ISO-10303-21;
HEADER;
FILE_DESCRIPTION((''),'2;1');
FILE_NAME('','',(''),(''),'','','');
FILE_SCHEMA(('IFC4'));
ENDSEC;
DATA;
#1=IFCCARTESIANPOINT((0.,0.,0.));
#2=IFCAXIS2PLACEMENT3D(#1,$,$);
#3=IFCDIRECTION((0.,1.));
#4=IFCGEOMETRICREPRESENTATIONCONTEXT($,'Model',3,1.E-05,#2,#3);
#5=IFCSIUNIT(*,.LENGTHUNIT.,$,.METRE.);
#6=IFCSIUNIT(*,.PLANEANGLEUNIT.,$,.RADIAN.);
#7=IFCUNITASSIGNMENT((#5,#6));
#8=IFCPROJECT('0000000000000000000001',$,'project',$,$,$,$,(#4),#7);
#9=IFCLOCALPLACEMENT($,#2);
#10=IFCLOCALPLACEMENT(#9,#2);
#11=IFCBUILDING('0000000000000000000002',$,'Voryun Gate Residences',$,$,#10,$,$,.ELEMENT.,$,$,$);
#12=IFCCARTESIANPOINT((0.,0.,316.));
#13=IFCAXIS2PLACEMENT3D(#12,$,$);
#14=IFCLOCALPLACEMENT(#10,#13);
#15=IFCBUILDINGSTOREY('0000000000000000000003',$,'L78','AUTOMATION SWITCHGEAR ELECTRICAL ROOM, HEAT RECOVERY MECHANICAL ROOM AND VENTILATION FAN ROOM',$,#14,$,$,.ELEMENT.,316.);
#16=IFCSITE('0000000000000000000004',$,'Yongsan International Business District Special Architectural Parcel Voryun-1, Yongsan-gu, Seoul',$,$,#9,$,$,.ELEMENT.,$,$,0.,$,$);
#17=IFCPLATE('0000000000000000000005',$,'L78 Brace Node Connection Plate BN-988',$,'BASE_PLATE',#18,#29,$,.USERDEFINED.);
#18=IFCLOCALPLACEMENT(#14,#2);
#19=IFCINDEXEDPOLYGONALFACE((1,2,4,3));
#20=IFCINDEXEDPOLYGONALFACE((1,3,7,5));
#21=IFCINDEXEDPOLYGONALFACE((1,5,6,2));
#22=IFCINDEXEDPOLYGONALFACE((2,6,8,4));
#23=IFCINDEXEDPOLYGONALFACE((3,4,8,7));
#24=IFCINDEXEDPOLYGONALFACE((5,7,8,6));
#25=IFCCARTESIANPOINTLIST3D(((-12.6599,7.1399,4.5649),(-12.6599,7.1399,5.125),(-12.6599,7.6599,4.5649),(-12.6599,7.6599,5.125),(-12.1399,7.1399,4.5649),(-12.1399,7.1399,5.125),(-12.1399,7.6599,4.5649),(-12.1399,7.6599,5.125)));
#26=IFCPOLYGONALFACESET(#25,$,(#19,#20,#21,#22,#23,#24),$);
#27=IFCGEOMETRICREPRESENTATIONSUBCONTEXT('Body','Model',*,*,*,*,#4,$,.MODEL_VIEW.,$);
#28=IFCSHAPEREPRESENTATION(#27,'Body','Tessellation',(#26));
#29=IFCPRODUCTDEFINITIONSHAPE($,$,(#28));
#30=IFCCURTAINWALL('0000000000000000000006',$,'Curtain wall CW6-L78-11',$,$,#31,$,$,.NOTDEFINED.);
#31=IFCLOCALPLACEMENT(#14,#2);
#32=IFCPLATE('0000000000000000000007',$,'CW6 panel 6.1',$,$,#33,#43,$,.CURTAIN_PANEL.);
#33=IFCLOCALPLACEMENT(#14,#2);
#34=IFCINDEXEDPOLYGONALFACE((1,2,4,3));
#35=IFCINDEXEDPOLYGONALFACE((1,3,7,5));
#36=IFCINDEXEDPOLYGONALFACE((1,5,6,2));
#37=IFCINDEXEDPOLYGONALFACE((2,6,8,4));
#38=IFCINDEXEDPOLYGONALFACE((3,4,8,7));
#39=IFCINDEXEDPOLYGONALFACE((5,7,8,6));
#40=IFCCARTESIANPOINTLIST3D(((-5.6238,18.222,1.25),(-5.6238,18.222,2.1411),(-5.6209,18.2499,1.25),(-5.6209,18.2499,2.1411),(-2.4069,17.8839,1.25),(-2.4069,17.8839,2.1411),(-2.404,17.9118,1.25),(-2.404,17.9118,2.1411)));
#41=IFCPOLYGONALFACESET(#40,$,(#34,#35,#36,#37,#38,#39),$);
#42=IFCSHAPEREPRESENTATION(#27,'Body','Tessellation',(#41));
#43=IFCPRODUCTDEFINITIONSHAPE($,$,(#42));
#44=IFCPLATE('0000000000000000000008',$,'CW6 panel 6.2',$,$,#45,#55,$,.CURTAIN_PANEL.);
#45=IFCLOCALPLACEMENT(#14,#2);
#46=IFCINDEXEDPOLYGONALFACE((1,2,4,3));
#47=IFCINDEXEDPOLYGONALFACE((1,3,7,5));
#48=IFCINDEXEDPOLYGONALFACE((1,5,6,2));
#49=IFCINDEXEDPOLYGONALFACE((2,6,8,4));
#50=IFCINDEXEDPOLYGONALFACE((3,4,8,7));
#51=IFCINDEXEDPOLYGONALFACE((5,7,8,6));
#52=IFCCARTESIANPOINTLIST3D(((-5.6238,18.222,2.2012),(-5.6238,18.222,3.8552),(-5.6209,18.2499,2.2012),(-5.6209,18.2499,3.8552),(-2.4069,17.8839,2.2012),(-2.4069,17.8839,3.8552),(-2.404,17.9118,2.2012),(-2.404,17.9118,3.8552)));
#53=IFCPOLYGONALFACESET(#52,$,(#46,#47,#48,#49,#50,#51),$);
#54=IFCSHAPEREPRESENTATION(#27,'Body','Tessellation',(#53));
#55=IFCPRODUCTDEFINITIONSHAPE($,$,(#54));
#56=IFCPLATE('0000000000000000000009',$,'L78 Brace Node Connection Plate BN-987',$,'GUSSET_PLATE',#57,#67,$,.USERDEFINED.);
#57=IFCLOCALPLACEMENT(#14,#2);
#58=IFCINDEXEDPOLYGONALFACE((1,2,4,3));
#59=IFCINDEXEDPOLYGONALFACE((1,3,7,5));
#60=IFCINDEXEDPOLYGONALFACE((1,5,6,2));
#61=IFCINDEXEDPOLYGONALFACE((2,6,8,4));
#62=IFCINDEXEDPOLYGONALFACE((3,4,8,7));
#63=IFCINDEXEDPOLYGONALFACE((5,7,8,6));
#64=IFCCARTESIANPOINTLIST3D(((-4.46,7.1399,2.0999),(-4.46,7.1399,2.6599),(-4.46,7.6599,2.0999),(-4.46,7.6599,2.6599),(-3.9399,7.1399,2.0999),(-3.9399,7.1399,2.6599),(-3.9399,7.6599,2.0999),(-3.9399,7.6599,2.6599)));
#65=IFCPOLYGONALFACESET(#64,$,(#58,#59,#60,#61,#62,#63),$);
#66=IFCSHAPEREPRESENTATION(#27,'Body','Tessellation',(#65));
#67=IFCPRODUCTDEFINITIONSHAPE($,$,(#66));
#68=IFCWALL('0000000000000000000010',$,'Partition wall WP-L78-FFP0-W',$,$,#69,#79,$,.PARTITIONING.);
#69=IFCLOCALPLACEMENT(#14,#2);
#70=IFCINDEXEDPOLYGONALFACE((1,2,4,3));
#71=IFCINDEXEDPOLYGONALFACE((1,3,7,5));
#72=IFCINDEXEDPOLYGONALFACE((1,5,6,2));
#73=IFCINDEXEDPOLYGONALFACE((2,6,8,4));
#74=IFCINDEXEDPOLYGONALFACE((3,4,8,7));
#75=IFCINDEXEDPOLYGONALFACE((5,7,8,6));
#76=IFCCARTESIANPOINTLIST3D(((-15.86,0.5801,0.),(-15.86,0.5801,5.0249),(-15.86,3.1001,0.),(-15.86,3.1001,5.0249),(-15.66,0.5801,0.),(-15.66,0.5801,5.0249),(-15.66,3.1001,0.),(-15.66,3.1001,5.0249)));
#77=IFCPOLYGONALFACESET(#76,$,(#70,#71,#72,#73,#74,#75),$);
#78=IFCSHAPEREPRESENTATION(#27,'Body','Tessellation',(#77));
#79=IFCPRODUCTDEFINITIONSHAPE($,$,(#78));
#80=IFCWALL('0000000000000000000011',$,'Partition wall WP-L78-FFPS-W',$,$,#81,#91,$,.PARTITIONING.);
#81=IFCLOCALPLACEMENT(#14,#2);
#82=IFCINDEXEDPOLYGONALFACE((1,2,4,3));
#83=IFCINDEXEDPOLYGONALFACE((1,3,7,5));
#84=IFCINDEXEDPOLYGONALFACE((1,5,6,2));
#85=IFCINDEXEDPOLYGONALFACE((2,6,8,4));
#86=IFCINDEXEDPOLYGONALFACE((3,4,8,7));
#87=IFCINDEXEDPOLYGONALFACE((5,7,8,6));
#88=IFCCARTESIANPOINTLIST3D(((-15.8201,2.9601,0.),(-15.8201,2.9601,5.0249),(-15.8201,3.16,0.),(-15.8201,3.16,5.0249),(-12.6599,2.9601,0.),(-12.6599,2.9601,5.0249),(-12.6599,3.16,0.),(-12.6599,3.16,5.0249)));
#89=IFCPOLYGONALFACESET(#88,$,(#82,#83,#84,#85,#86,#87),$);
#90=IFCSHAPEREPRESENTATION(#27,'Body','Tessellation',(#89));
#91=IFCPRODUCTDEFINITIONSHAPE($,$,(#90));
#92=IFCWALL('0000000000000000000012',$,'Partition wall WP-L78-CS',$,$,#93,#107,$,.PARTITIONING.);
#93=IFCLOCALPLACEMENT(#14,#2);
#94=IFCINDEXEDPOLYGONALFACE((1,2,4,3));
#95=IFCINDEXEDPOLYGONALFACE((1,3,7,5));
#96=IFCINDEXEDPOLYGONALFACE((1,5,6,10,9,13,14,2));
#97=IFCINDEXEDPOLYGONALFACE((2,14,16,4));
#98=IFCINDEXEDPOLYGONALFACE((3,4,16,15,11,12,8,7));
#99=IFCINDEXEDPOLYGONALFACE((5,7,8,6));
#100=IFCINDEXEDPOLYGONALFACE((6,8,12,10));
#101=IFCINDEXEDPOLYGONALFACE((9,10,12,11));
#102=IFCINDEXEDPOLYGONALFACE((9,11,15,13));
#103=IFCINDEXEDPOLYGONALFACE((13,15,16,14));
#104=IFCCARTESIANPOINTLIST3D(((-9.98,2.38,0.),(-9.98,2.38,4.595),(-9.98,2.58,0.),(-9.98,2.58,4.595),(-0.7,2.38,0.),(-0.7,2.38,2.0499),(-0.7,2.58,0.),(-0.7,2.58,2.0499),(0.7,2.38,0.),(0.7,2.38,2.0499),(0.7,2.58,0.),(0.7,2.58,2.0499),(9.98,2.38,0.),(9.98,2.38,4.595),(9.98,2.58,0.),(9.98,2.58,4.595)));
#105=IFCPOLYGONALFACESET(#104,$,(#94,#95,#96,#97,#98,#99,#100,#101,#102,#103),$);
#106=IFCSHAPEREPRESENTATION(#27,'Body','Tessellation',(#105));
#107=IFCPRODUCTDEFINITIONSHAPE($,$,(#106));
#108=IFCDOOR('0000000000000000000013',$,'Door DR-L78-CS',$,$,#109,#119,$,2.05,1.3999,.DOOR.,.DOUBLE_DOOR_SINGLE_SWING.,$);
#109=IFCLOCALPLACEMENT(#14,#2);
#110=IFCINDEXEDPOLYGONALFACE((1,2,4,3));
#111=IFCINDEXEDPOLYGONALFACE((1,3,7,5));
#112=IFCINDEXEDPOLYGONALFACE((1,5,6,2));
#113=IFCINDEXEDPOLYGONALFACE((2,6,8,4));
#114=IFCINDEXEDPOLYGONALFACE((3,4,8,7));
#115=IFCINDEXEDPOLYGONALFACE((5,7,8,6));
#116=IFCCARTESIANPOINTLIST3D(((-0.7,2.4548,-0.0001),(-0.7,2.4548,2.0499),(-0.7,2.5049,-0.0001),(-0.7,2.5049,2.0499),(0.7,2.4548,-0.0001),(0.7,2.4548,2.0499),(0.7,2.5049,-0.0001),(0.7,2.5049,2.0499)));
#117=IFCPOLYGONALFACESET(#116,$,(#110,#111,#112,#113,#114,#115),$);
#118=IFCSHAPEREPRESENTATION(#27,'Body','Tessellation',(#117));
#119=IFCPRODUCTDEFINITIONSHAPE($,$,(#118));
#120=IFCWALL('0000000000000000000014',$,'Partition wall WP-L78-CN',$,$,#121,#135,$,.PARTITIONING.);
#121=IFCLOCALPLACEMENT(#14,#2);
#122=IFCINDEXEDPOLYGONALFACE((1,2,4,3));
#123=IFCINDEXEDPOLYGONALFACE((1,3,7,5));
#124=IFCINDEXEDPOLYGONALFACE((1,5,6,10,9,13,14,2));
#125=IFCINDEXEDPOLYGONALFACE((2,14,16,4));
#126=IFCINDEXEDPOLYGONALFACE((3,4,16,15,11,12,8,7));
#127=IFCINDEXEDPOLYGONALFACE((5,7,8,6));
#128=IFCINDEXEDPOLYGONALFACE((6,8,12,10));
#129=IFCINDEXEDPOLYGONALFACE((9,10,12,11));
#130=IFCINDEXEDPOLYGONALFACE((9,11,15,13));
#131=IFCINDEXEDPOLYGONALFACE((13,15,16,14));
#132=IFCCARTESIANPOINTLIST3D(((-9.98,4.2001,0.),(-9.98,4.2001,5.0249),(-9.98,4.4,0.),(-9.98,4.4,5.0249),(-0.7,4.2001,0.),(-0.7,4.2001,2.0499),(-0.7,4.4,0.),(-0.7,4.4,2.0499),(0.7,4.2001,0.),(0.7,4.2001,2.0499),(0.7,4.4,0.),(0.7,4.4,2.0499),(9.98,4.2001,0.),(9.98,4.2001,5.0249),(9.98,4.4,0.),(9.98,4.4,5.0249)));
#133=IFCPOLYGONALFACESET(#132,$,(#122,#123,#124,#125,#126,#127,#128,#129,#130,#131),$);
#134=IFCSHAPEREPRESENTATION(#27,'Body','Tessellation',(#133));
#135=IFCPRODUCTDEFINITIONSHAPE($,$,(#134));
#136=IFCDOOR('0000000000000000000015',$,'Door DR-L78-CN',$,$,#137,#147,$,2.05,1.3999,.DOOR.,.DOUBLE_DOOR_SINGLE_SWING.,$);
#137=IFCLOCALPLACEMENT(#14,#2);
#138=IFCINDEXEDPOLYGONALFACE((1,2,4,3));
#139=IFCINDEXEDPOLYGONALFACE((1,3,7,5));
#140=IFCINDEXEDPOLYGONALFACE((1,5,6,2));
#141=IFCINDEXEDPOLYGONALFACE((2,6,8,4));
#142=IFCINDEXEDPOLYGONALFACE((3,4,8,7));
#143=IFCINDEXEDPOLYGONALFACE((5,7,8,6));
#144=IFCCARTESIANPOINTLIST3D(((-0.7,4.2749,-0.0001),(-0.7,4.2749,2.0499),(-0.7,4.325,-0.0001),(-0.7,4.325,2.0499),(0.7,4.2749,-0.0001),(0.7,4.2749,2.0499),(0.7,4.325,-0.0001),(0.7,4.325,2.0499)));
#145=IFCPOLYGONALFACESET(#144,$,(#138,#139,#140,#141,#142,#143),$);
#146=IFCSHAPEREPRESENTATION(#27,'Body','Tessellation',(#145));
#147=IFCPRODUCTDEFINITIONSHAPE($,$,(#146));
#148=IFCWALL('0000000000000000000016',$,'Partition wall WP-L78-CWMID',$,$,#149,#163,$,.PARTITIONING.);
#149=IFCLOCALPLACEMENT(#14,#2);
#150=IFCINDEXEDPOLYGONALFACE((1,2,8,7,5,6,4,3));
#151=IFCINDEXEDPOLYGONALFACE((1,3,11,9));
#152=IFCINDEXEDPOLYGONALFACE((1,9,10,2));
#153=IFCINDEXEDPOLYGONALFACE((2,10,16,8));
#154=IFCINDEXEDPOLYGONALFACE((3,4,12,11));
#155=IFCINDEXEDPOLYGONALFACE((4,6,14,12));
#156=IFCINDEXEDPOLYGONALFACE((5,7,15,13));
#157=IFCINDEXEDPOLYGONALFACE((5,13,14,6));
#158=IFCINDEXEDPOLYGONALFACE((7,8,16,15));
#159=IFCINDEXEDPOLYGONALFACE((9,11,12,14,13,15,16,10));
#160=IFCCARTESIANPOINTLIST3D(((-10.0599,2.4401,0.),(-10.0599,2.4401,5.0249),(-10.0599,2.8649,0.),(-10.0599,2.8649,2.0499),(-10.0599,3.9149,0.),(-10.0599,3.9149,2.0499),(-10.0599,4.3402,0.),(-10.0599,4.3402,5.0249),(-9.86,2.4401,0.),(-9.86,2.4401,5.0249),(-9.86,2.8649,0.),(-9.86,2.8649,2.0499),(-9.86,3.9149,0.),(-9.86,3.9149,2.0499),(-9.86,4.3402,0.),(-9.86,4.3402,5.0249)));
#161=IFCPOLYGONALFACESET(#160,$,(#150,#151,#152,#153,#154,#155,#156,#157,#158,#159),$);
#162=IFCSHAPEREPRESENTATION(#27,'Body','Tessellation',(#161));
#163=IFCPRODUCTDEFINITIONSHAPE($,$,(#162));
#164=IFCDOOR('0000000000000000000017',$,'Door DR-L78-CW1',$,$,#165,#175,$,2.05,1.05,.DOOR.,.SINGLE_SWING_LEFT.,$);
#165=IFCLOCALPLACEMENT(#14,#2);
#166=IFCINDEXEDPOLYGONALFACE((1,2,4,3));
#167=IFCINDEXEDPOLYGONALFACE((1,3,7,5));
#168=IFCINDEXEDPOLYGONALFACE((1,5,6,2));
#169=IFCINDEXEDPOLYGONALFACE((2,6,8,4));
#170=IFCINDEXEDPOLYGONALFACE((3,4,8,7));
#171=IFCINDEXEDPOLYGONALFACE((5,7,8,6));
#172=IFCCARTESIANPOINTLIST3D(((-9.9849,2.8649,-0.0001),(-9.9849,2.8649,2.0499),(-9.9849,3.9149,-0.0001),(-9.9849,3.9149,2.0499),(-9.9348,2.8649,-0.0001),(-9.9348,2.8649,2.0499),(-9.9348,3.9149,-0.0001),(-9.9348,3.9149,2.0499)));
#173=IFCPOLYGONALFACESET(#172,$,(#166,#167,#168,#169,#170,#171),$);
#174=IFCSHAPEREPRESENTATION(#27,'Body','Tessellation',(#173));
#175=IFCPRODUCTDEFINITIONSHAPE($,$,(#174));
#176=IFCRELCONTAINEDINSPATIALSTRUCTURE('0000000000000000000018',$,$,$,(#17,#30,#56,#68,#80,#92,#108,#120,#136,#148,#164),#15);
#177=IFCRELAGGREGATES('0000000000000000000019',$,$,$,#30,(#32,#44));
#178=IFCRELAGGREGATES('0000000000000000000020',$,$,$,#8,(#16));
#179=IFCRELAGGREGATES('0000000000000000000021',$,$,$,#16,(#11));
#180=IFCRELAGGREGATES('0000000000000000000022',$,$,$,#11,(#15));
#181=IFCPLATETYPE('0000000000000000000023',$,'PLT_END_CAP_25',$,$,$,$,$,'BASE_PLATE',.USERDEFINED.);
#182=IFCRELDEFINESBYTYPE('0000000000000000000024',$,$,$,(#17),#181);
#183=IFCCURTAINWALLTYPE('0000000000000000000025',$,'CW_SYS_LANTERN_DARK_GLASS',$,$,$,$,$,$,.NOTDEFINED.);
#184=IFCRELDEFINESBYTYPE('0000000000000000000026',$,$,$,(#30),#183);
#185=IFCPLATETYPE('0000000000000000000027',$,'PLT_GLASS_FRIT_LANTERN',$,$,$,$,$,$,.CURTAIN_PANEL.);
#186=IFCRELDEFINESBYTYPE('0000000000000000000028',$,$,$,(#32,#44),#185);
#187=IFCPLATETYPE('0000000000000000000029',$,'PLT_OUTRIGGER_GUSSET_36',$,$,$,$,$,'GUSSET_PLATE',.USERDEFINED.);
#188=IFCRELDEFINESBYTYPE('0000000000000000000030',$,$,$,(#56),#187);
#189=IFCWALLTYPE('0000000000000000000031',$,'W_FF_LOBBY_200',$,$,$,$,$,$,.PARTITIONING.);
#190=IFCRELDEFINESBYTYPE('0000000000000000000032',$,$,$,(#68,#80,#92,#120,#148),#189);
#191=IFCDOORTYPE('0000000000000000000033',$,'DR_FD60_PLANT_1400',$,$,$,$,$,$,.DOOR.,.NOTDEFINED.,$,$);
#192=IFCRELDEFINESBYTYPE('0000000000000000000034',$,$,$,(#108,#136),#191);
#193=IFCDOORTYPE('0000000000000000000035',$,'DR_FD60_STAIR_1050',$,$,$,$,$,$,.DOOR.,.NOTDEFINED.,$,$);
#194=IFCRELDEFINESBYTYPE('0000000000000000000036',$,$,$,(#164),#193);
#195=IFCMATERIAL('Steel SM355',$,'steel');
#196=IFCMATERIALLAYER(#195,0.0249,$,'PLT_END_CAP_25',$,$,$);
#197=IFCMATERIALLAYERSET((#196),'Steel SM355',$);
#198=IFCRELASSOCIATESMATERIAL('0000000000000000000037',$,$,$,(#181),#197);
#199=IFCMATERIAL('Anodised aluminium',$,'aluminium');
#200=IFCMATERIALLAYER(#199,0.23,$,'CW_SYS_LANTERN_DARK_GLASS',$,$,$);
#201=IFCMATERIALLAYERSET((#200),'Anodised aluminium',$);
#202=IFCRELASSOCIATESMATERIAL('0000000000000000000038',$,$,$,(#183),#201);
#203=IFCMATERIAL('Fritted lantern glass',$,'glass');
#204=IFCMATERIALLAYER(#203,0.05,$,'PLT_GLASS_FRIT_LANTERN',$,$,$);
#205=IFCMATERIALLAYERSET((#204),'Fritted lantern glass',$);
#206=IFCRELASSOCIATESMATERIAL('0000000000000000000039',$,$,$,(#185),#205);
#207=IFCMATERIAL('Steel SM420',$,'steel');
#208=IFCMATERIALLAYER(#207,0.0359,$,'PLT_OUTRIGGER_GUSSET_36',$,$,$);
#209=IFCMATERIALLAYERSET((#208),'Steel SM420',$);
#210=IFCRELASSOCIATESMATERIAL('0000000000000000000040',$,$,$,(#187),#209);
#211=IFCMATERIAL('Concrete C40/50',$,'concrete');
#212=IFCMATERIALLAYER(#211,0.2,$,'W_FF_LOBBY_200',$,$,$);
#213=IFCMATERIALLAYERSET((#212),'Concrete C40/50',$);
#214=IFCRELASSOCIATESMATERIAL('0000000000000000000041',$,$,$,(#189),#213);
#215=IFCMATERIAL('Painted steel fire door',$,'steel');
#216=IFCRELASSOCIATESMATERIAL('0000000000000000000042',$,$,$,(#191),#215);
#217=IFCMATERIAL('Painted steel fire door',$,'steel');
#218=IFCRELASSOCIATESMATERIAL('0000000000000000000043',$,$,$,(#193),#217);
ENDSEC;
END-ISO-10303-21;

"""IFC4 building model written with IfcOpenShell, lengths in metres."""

from ifc_helpers import new_model, si_unit, direction, frame, frame_2d, origin, origin_2d, place, context, subcontext, project, spatial, rectangle, extrude, material, layer, layer_set, type_object, element, fill, aggregate, save


model = new_model("IFC4")

# Units and contexts
model_context = context("Model", 3, precision=1e-05, world=origin(), true_north=direction((0.0, 1.0)))
body_context = subcontext(model_context, "Body", "Model", "MODEL_VIEW")
ifc_project = project(units=[si_unit("LENGTHUNIT", "METRE"), si_unit("PLANEANGLEUNIT", "RADIAN")], contexts=[model_context])

# Site, building, storey
site_placement = place(None, origin())
site = spatial("IfcSite", under=ifc_project, at=site_placement, Name="Yongsan International Business District Special Architectural Parcel Voryun-1, Yongsan-gu, Seoul", CompositionType="ELEMENT", RefElevation=0.0)
building_placement = place(site_placement, origin())
building = spatial("IfcBuilding", under=site, at=building_placement, Name="Voryun Gate Residences", CompositionType="ELEMENT")
storey_placement = place(building_placement, frame((0.0, 0.0, 316.0)))
storey = spatial("IfcBuildingStorey", under=building, at=storey_placement, Name="L78", Description="AUTOMATION SWITCHGEAR ELECTRICAL ROOM, HEAT RECOVERY MECHANICAL ROOM AND VENTILATION FAN ROOM", CompositionType="ELEMENT", Elevation=316.0)

# Plate
ifc_material_1 = material(Name="Steel SM355", Category="steel")
ifc_layer_1 = layer(ifc_material_1, 0.0249, Name="PLT_END_CAP_25")
ifc_layer_set_1 = layer_set([ifc_layer_1], Name="Steel SM355")
plate_type_1 = type_object("IfcPlateType", Name="PLT_END_CAP_25", ElementType="BASE_PLATE", PredefinedType="USERDEFINED", material=ifc_layer_set_1)
plate_1_placement = place(storey_placement, frame((-12.3999, 7.3999, 4.5649), z_axis=(0.0, 0.0, 1.0), x_axis=(1.0, 0.0, 0.0)))
element("IfcPlate", 1, at=plate_1_placement, inside=storey, type_object=plate_type_1, Name="L78 Brace Node Connection Plate BN-988", ObjectType="BASE_PLATE", PredefinedType="USERDEFINED", context=body_context, shape_type="SweptSolid", body=[
    extrude(rectangle(XDim=0.52, YDim=0.52, at=origin_2d()), origin(), (0.0, 0.0, 1.0), 0.5601),
])

# Curtain wall, plates
ifc_material_2 = material(Name="Anodised aluminium", Category="aluminium")
ifc_layer_2 = layer(ifc_material_2, 0.23, Name="CW_SYS_LANTERN_DARK_GLASS")
ifc_layer_set_2 = layer_set([ifc_layer_2], Name="Anodised aluminium")
curtain_wall_type = type_object("IfcCurtainWallType", Name="CW_SYS_LANTERN_DARK_GLASS", PredefinedType="NOTDEFINED", material=ifc_layer_set_2)
curtain_wall_placement = place(storey_placement, origin())
curtain_wall = element("IfcCurtainWall", 2, at=curtain_wall_placement, inside=storey, type_object=curtain_wall_type, Name="Curtain wall CW6-L78-11", PredefinedType="NOTDEFINED")
ifc_material_3 = material(Name="Fritted lantern glass", Category="glass")
ifc_layer_3 = layer(ifc_material_3, 0.05, Name="PLT_GLASS_FRIT_LANTERN")
ifc_layer_set_3 = layer_set([ifc_layer_3], Name="Fritted lantern glass")
plate_type_2 = type_object("IfcPlateType", Name="PLT_GLASS_FRIT_LANTERN", PredefinedType="CURTAIN_PANEL", material=ifc_layer_set_3)
plate_2_placement = place(storey_placement, frame((-4.0139, 18.0669, 1.25), z_axis=(0.0, 0.0, 1.0), x_axis=(0.994522, -0.104528, 0.0)))
plate_2 = element("IfcPlate", 3, at=plate_2_placement, type_object=plate_type_2, Name="CW6 panel 6.1", PredefinedType="CURTAIN_PANEL", context=body_context, shape_type="SweptSolid", body=[
    extrude(rectangle(XDim=3.2346, YDim=0.0281, at=origin_2d()), origin(), (0.0, 0.0, 1.0), 0.8911),
])
plate_3_placement = place(storey_placement, frame((-4.0139, 18.0669, 2.2012), z_axis=(0.0, 0.0, 1.0), x_axis=(0.994522, -0.104528, 0.0)))
plate_3 = element("IfcPlate", 4, at=plate_3_placement, type_object=plate_type_2, Name="CW6 panel 6.2", PredefinedType="CURTAIN_PANEL", context=body_context, shape_type="SweptSolid", body=[
    extrude(rectangle(XDim=3.2346, YDim=0.0281, at=origin_2d()), origin(), (0.0, 0.0, 1.0), 1.6541),
])
aggregate(curtain_wall, [plate_2, plate_3])

# Plate
ifc_material_4 = material(Name="Steel SM420", Category="steel")
ifc_layer_4 = layer(ifc_material_4, 0.0359, Name="PLT_OUTRIGGER_GUSSET_36")
ifc_layer_set_4 = layer_set([ifc_layer_4], Name="Steel SM420")
plate_type_3 = type_object("IfcPlateType", Name="PLT_OUTRIGGER_GUSSET_36", ElementType="GUSSET_PLATE", PredefinedType="USERDEFINED", material=ifc_layer_set_4)
plate_4_placement = place(storey_placement, frame((-4.2, 7.3999, 2.0999), z_axis=(0.0, 0.0, 1.0), x_axis=(1.0, 0.0, 0.0)))
element("IfcPlate", 5, at=plate_4_placement, inside=storey, type_object=plate_type_3, Name="L78 Brace Node Connection Plate BN-987", ObjectType="GUSSET_PLATE", PredefinedType="USERDEFINED", context=body_context, shape_type="SweptSolid", body=[
    extrude(rectangle(XDim=0.52, YDim=0.52, at=origin_2d()), origin(), (0.0, 0.0, 1.0), 0.5601),
])

# Walls
ifc_material_5 = material(Name="Concrete C40/50", Category="concrete")
ifc_layer_5 = layer(ifc_material_5, 0.2, Name="W_FF_LOBBY_200")
ifc_layer_set_5 = layer_set([ifc_layer_5], Name="Concrete C40/50")
wall_type_1 = type_object("IfcWallType", Name="W_FF_LOBBY_200", PredefinedType="PARTITIONING", material=ifc_layer_set_5)
wall_1_placement = place(storey_placement, frame((-15.76, 0.5801, 0.0), z_axis=(0.0, 0.0, 1.0), x_axis=(0.0, 1.0, 0.0)))
element("IfcWall", 6, at=wall_1_placement, inside=storey, type_object=wall_type_1, Name="Partition wall WP-L78-FFP0-W", PredefinedType="PARTITIONING", context=body_context, shape_type="SweptSolid", body=[
    extrude(rectangle(XDim=2.52, YDim=0.2, at=frame_2d((1.26, 0.0))), origin(), (0.0, 0.0, 1.0), 5.0249),
])
wall_2_placement = place(storey_placement, frame((-15.8201, 3.0601, 0.0), z_axis=(0.0, 0.0, 1.0), x_axis=(1.0, 0.0, 0.0)))
element("IfcWall", 7, at=wall_2_placement, inside=storey, type_object=wall_type_1, Name="Partition wall WP-L78-FFPS-W", PredefinedType="PARTITIONING", context=body_context, shape_type="SweptSolid", body=[
    extrude(rectangle(XDim=3.1602, YDim=0.2, at=frame_2d((1.5801, 0.0))), origin(), (0.0, 0.0, 1.0), 5.0249),
])

# Walls, openings, doors
wall_3_placement = place(storey_placement, frame((-9.98, 2.48, 0.0), z_axis=(0.0, 0.0, 1.0), x_axis=(1.0, 0.0, 0.0)))
wall_3 = element("IfcWall", 8, at=wall_3_placement, inside=storey, type_object=wall_type_1, Name="Partition wall WP-L78-CS", PredefinedType="PARTITIONING", context=body_context, shape_type="SweptSolid", body=[
    extrude(rectangle(XDim=19.96, YDim=0.2, at=frame_2d((9.98, 0.0))), origin(), (0.0, 0.0, 1.0), 4.595),
])
opening_1_placement = place(wall_3_placement, frame((9.28, 0.0, 0.0)))
opening_1 = element("IfcOpeningElement", 9, at=opening_1_placement, cuts=wall_3, PredefinedType="OPENING", context=body_context, shape_type="SweptSolid", body=[
    extrude(rectangle(XDim=1.3999, YDim=2.05, at=frame_2d((0.7, 1.0249))), frame((0.0, 0.1101, 0.0), z_axis=(0.0, -1.0, 0.0), x_axis=(1.0, 0.0, 0.0)), (0.0, 0.0, 1.0), 0.22),
])
ifc_material_6 = material(Name="Painted steel fire door", Category="steel")
door_type_1 = type_object("IfcDoorType", Name="DR_FD60_PLANT_1400", OperationType="NOTDEFINED", PredefinedType="DOOR", material=ifc_material_6)
door_1_placement = place(opening_1_placement, origin())
door_1 = element("IfcDoor", 10, at=door_1_placement, inside=storey, type_object=door_type_1, Name="Door DR-L78-CS", OperationType="DOUBLE_DOOR_SINGLE_SWING", OverallHeight=2.05, OverallWidth=1.3999, PredefinedType="DOOR", context=body_context, shape_type="SweptSolid", body=[
    extrude(rectangle(XDim=1.3999, YDim=2.05, at=frame_2d((0.7, 1.0249))), frame((0.0, 0.0249, 0.0), z_axis=(0.0, -1.0, 0.0), x_axis=(1.0, 0.0, 0.0)), (0.0, 0.0, 1.0), 0.05),
])
fill(opening_1, door_1)
wall_4_placement = place(storey_placement, frame((-9.98, 4.3, 0.0), z_axis=(0.0, 0.0, 1.0), x_axis=(1.0, 0.0, 0.0)))
wall_4 = element("IfcWall", 11, at=wall_4_placement, inside=storey, type_object=wall_type_1, Name="Partition wall WP-L78-CN", PredefinedType="PARTITIONING", context=body_context, shape_type="SweptSolid", body=[
    extrude(rectangle(XDim=19.96, YDim=0.2, at=frame_2d((9.98, 0.0))), origin(), (0.0, 0.0, 1.0), 5.0249),
])
opening_2_placement = place(wall_4_placement, frame((9.28, 0.0, 0.0)))
opening_2 = element("IfcOpeningElement", 12, at=opening_2_placement, cuts=wall_4, PredefinedType="OPENING", context=body_context, shape_type="SweptSolid", body=[
    extrude(rectangle(XDim=1.3999, YDim=2.05, at=frame_2d((0.7, 1.0249))), frame((0.0, 0.1101, 0.0), z_axis=(0.0, -1.0, 0.0), x_axis=(1.0, 0.0, 0.0)), (0.0, 0.0, 1.0), 0.22),
])
door_2_placement = place(opening_2_placement, origin())
door_2 = element("IfcDoor", 13, at=door_2_placement, inside=storey, type_object=door_type_1, Name="Door DR-L78-CN", OperationType="DOUBLE_DOOR_SINGLE_SWING", OverallHeight=2.05, OverallWidth=1.3999, PredefinedType="DOOR", context=body_context, shape_type="SweptSolid", body=[
    extrude(rectangle(XDim=1.3999, YDim=2.05, at=frame_2d((0.7, 1.0249))), frame((0.0, 0.0249, 0.0), z_axis=(0.0, -1.0, 0.0), x_axis=(1.0, 0.0, 0.0)), (0.0, 0.0, 1.0), 0.05),
])
fill(opening_2, door_2)
wall_5_placement = place(storey_placement, frame((-9.96, 2.4399, 0.0), z_axis=(0.0, 0.0, 1.0), x_axis=(0.0, 1.0, 0.0)))
wall_5 = element("IfcWall", 14, at=wall_5_placement, inside=storey, type_object=wall_type_1, Name="Partition wall WP-L78-CWMID", PredefinedType="PARTITIONING", context=body_context, shape_type="SweptSolid", body=[
    extrude(rectangle(XDim=1.9001, YDim=0.2, at=frame_2d((0.9502, 0.0))), origin(), (0.0, 0.0, 1.0), 5.0249),
])
opening_3_placement = place(wall_5_placement, frame((0.425, 0.0, 0.0)))
opening_3 = element("IfcOpeningElement", 15, at=opening_3_placement, cuts=wall_5, PredefinedType="OPENING", context=body_context, shape_type="SweptSolid", body=[
    extrude(rectangle(XDim=1.05, YDim=2.05, at=frame_2d((0.5249, 1.0249))), frame((0.0, 0.1101, 0.0), z_axis=(0.0, -1.0, 0.0), x_axis=(1.0, 0.0, 0.0)), (0.0, 0.0, 1.0), 0.22),
])
ifc_material_7 = material(Name="Painted steel fire door", Category="steel")
door_type_2 = type_object("IfcDoorType", Name="DR_FD60_STAIR_1050", OperationType="NOTDEFINED", PredefinedType="DOOR", material=ifc_material_7)
door_3_placement = place(opening_3_placement, origin())
door_3 = element("IfcDoor", 16, at=door_3_placement, inside=storey, type_object=door_type_2, Name="Door DR-L78-CW1", OperationType="SINGLE_SWING_LEFT", OverallHeight=2.05, OverallWidth=1.05, PredefinedType="DOOR", context=body_context, shape_type="SweptSolid", body=[
    extrude(rectangle(XDim=1.05, YDim=2.05, at=frame_2d((0.5249, 1.0249))), frame((0.0, 0.0249, 0.0), z_axis=(0.0, -1.0, 0.0), x_axis=(1.0, 0.0, 0.0)), (0.0, 0.0, 1.0), 0.05),
])
fill(opening_3, door_3)

save(model, "model.ifc")
